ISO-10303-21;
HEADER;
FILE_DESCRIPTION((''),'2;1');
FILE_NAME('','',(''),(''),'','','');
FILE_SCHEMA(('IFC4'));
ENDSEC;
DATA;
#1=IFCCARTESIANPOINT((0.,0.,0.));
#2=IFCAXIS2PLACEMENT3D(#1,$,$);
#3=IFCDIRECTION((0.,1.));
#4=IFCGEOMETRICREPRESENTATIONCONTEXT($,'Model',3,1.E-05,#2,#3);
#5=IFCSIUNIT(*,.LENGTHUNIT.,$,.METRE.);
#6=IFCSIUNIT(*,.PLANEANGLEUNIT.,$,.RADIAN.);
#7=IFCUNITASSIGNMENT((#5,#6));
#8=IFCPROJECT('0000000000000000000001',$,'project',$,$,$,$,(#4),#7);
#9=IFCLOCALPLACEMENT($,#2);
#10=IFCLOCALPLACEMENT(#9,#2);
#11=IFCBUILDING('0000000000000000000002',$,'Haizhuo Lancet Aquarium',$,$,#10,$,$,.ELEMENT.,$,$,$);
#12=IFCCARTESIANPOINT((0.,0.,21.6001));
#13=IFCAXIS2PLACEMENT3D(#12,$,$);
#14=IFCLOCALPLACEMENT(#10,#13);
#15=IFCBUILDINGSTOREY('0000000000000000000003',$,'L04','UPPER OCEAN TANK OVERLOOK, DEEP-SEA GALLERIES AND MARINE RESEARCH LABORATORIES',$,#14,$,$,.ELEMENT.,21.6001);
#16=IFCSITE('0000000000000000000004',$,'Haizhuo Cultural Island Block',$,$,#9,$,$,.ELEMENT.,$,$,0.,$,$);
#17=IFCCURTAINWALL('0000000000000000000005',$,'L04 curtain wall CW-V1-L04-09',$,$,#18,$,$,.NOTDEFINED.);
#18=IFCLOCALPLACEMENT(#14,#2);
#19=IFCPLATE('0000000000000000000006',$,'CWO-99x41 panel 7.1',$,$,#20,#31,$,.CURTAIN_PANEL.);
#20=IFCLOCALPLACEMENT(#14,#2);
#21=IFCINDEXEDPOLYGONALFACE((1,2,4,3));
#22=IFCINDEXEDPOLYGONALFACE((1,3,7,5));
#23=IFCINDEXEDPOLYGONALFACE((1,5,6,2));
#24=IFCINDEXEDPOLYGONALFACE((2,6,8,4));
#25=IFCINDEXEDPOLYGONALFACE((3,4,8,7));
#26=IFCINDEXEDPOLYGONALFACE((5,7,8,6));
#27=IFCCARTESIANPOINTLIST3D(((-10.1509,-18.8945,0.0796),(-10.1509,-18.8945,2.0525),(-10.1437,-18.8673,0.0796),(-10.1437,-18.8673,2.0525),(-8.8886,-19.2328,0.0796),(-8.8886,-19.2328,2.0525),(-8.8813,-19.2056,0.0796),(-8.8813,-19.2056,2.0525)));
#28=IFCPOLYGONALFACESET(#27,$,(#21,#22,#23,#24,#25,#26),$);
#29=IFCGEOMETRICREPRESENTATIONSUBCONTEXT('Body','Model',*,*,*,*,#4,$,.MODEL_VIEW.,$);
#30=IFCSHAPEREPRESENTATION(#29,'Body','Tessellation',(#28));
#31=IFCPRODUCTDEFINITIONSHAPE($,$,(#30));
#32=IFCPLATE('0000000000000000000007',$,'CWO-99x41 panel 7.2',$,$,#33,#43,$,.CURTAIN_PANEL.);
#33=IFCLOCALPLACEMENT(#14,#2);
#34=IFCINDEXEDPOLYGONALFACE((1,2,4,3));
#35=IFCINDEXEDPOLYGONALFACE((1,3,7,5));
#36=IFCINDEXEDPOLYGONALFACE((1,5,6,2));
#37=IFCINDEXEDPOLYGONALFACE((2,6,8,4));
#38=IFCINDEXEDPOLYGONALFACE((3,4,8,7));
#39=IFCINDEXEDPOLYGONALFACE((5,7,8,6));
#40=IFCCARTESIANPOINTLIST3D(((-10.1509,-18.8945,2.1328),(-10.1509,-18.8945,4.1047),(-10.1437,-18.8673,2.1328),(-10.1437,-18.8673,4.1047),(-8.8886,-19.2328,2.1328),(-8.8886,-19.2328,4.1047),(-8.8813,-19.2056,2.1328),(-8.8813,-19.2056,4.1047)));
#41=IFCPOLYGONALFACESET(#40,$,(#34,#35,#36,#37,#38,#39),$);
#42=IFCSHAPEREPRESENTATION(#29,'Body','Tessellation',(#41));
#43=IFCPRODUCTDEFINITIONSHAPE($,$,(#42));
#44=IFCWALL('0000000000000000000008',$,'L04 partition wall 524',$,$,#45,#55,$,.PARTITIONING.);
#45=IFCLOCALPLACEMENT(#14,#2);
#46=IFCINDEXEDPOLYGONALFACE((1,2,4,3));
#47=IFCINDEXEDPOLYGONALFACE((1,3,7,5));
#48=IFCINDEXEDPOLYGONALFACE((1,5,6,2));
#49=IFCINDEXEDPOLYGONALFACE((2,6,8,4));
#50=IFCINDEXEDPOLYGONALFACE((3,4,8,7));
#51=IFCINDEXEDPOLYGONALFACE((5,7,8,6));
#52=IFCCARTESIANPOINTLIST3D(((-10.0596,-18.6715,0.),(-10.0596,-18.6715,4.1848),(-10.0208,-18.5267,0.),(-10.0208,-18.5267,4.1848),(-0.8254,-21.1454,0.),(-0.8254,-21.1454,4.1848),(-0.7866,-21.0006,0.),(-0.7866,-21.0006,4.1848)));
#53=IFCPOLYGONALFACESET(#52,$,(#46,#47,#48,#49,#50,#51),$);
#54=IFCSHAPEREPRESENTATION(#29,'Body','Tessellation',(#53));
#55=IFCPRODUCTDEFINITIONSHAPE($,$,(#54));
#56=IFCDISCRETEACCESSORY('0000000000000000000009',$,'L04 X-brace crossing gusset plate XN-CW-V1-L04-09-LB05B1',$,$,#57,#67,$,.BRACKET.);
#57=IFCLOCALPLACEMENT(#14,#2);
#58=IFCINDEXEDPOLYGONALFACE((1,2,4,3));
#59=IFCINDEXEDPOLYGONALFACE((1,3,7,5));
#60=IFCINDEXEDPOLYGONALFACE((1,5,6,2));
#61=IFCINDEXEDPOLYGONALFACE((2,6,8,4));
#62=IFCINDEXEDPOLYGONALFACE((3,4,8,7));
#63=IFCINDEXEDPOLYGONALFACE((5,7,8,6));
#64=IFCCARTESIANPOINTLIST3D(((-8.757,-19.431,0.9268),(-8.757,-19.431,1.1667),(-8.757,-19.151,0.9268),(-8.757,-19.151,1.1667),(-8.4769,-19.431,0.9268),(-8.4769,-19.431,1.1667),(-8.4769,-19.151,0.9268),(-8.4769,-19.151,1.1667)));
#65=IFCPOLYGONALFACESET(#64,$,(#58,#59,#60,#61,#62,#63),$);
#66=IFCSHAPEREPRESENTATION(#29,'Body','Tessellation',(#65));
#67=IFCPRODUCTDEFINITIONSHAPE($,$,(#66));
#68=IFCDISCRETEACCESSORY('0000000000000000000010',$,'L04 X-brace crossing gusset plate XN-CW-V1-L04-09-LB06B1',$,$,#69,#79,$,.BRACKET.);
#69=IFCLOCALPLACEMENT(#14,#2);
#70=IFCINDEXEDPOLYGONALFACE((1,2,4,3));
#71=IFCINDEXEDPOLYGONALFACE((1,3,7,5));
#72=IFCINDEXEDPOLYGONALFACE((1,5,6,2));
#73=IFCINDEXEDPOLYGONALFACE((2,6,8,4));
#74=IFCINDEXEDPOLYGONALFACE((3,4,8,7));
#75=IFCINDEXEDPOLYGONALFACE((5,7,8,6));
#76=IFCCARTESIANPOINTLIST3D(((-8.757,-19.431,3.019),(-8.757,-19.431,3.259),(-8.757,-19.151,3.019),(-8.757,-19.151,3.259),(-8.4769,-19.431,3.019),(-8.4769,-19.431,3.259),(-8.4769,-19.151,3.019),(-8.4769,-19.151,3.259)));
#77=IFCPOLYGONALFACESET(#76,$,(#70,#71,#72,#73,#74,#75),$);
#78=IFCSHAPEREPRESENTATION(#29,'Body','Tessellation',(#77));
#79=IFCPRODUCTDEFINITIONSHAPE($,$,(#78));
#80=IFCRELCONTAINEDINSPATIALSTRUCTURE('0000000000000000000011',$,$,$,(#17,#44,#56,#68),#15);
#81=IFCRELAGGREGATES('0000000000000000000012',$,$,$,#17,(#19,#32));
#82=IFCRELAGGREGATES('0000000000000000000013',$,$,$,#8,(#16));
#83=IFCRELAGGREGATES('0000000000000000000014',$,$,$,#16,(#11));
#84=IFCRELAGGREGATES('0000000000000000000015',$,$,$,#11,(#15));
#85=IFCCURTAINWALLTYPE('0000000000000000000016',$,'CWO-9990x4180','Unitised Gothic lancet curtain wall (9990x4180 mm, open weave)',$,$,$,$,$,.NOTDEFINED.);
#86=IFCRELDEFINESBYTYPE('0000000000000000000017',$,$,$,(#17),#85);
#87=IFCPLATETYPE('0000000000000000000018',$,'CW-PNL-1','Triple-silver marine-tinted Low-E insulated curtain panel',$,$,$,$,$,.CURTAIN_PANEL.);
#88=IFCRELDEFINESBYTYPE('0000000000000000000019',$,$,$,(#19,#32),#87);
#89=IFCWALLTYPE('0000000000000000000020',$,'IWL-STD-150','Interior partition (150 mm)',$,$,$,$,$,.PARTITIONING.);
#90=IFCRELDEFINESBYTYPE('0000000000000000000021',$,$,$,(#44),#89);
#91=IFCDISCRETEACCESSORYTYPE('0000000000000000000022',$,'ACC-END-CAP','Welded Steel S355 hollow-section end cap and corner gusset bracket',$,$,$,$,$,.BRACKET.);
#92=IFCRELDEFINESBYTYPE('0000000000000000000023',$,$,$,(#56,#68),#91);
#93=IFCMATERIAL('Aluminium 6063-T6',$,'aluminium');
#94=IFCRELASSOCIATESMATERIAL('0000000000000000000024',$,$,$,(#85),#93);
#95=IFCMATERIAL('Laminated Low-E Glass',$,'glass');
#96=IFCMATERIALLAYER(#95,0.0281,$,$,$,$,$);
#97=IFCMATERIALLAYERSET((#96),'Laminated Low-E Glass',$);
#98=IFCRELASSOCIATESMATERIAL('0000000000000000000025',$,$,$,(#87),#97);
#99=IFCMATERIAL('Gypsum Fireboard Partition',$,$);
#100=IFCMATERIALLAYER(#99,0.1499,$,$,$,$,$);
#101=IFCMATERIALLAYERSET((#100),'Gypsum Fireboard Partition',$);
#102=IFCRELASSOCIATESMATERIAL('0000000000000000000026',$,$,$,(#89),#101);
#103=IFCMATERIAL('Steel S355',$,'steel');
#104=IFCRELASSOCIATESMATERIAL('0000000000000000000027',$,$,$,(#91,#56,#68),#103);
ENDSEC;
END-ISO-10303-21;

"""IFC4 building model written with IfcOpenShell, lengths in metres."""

from ifc_helpers import new_model, si_unit, direction, frame, frame_2d, origin, origin_2d, place, context, subcontext, project, spatial, rectangle, extrude, material, layer, layer_set, type_object, element, aggregate, save


model = new_model("IFC4")

# Units and contexts
model_context = context("Model", 3, precision=1e-05, world=origin(), true_north=direction((0.0, 1.0)))
body_context = subcontext(model_context, "Body", "Model", "MODEL_VIEW")
ifc_project = project(units=[si_unit("LENGTHUNIT", "METRE"), si_unit("PLANEANGLEUNIT", "RADIAN")], contexts=[model_context])

# Site, building, storey
site_placement = place(None, origin())
site = spatial("IfcSite", under=ifc_project, at=site_placement, Name="Haizhuo Cultural Island Block", CompositionType="ELEMENT", RefElevation=0.0)
building_placement = place(site_placement, origin())
building = spatial("IfcBuilding", under=site, at=building_placement, Name="Haizhuo Lancet Aquarium", CompositionType="ELEMENT")
storey_placement = place(building_placement, frame((0.0, 0.0, 21.6001)))
storey = spatial("IfcBuildingStorey", under=building, at=storey_placement, Name="L04", Description="UPPER OCEAN TANK OVERLOOK, DEEP-SEA GALLERIES AND MARINE RESEARCH LABORATORIES", CompositionType="ELEMENT", Elevation=21.6001)

# Curtain wall
ifc_material_1 = material(Name="Aluminium 6063-T6", Category="aluminium")
curtain_wall_type = type_object("IfcCurtainWallType", Name="CWO-9990x4180", Description="Unitised Gothic lancet curtain wall (9990x4180 mm, open weave)", PredefinedType="NOTDEFINED", material=ifc_material_1)
curtain_wall_placement = place(storey_placement, origin())
curtain_wall = element("IfcCurtainWall", 1, at=curtain_wall_placement, inside=storey, type_object=curtain_wall_type, Name="L04 curtain wall CW-V1-L04-09", PredefinedType="NOTDEFINED")

# Shared definitions
ifc_material_2 = material(Name="Steel S355", Category="steel")

# Plates
ifc_material_3 = material(Name="Laminated Low-E Glass", Category="glass")
ifc_layer_1 = layer(ifc_material_3, 0.0281)
ifc_layer_set_1 = layer_set([ifc_layer_1], Name="Laminated Low-E Glass")
plate_type = type_object("IfcPlateType", Name="CW-PNL-1", Description="Triple-silver marine-tinted Low-E insulated curtain panel", PredefinedType="CURTAIN_PANEL", material=ifc_layer_set_1)
plate_1_placement = place(storey_placement, frame((-9.5161, -19.05, 0.0796), z_axis=(0.0, 0.0, 1.0), x_axis=(-0.965917, 0.258853, 0.0)))
plate_1 = element("IfcPlate", 2, at=plate_1_placement, type_object=plate_type, Name="CWO-99x41 panel 7.1", PredefinedType="CURTAIN_PANEL", context=body_context, shape_type="SweptSolid", body=[
    extrude(rectangle(XDim=1.3069, YDim=0.0281, at=origin_2d()), origin(), (0.0, 0.0, 1.0), 1.9729),
])
plate_2_placement = place(storey_placement, frame((-9.5161, -19.05, 2.1328), z_axis=(0.0, 0.0, 1.0), x_axis=(-0.965917, 0.258853, 0.0)))
plate_2 = element("IfcPlate", 3, at=plate_2_placement, type_object=plate_type, Name="CWO-99x41 panel 7.2", PredefinedType="CURTAIN_PANEL", context=body_context, shape_type="SweptSolid", body=[
    extrude(rectangle(XDim=1.3069, YDim=0.0281, at=origin_2d()), origin(), (0.0, 0.0, 1.0), 1.9719),
])
aggregate(curtain_wall, [plate_1, plate_2])

# Wall
ifc_material_4 = material(Name="Gypsum Fireboard Partition")
ifc_layer_2 = layer(ifc_material_4, 0.1499)
ifc_layer_set_2 = layer_set([ifc_layer_2], Name="Gypsum Fireboard Partition")
wall_type = type_object("IfcWallType", Name="IWL-STD-150", Description="Interior partition (150 mm)", PredefinedType="PARTITIONING", material=ifc_layer_set_2)
wall_placement = place(storey_placement, frame((-10.04, -18.5991, 0.0), z_axis=(0.0, 0.0, 1.0), x_axis=(0.965936, -0.25878, 0.0)))
element("IfcWall", 4, at=wall_placement, inside=storey, type_object=wall_type, Name="L04 partition wall 524", PredefinedType="PARTITIONING", context=body_context, shape_type="SweptSolid", body=[
    extrude(rectangle(XDim=9.5598, YDim=0.1499, at=frame_2d((4.7798, 0.0))), origin(), (0.0, 0.0, 1.0), 4.1848),
])

# Discrete accessories
discrete_accessory_type = type_object("IfcDiscreteAccessoryType", Name="ACC-END-CAP", Description="Welded Steel S355 hollow-section end cap and corner gusset bracket", PredefinedType="BRACKET", material=ifc_material_2)
for number, where, z_axis, x_axis, name in (
    (5, (-8.6169, -19.291, 0.9268), (0.0, 0.0, 1.0), (1.0, 0.0, 0.0), "L04 X-brace crossing gusset plate XN-CW-V1-L04-09-LB05B1"),
    (6, (-8.6169, -19.291, 3.019), (0.0, 0.0, 1.0), (1.0, 0.0, 0.0), "L04 X-brace crossing gusset plate XN-CW-V1-L04-09-LB06B1"),
):
    element("IfcDiscreteAccessory", number, at=place(storey_placement, frame(where, z_axis=z_axis, x_axis=x_axis)), inside=storey, type_object=discrete_accessory_type, material=ifc_material_2, Name=name, PredefinedType="BRACKET", context=body_context, shape_type="SweptSolid", body=[
        extrude(rectangle(XDim=0.28, YDim=0.28, at=origin_2d()), origin(), (0.0, 0.0, 1.0), 0.24),
    ])

save(model, "model.ifc")
